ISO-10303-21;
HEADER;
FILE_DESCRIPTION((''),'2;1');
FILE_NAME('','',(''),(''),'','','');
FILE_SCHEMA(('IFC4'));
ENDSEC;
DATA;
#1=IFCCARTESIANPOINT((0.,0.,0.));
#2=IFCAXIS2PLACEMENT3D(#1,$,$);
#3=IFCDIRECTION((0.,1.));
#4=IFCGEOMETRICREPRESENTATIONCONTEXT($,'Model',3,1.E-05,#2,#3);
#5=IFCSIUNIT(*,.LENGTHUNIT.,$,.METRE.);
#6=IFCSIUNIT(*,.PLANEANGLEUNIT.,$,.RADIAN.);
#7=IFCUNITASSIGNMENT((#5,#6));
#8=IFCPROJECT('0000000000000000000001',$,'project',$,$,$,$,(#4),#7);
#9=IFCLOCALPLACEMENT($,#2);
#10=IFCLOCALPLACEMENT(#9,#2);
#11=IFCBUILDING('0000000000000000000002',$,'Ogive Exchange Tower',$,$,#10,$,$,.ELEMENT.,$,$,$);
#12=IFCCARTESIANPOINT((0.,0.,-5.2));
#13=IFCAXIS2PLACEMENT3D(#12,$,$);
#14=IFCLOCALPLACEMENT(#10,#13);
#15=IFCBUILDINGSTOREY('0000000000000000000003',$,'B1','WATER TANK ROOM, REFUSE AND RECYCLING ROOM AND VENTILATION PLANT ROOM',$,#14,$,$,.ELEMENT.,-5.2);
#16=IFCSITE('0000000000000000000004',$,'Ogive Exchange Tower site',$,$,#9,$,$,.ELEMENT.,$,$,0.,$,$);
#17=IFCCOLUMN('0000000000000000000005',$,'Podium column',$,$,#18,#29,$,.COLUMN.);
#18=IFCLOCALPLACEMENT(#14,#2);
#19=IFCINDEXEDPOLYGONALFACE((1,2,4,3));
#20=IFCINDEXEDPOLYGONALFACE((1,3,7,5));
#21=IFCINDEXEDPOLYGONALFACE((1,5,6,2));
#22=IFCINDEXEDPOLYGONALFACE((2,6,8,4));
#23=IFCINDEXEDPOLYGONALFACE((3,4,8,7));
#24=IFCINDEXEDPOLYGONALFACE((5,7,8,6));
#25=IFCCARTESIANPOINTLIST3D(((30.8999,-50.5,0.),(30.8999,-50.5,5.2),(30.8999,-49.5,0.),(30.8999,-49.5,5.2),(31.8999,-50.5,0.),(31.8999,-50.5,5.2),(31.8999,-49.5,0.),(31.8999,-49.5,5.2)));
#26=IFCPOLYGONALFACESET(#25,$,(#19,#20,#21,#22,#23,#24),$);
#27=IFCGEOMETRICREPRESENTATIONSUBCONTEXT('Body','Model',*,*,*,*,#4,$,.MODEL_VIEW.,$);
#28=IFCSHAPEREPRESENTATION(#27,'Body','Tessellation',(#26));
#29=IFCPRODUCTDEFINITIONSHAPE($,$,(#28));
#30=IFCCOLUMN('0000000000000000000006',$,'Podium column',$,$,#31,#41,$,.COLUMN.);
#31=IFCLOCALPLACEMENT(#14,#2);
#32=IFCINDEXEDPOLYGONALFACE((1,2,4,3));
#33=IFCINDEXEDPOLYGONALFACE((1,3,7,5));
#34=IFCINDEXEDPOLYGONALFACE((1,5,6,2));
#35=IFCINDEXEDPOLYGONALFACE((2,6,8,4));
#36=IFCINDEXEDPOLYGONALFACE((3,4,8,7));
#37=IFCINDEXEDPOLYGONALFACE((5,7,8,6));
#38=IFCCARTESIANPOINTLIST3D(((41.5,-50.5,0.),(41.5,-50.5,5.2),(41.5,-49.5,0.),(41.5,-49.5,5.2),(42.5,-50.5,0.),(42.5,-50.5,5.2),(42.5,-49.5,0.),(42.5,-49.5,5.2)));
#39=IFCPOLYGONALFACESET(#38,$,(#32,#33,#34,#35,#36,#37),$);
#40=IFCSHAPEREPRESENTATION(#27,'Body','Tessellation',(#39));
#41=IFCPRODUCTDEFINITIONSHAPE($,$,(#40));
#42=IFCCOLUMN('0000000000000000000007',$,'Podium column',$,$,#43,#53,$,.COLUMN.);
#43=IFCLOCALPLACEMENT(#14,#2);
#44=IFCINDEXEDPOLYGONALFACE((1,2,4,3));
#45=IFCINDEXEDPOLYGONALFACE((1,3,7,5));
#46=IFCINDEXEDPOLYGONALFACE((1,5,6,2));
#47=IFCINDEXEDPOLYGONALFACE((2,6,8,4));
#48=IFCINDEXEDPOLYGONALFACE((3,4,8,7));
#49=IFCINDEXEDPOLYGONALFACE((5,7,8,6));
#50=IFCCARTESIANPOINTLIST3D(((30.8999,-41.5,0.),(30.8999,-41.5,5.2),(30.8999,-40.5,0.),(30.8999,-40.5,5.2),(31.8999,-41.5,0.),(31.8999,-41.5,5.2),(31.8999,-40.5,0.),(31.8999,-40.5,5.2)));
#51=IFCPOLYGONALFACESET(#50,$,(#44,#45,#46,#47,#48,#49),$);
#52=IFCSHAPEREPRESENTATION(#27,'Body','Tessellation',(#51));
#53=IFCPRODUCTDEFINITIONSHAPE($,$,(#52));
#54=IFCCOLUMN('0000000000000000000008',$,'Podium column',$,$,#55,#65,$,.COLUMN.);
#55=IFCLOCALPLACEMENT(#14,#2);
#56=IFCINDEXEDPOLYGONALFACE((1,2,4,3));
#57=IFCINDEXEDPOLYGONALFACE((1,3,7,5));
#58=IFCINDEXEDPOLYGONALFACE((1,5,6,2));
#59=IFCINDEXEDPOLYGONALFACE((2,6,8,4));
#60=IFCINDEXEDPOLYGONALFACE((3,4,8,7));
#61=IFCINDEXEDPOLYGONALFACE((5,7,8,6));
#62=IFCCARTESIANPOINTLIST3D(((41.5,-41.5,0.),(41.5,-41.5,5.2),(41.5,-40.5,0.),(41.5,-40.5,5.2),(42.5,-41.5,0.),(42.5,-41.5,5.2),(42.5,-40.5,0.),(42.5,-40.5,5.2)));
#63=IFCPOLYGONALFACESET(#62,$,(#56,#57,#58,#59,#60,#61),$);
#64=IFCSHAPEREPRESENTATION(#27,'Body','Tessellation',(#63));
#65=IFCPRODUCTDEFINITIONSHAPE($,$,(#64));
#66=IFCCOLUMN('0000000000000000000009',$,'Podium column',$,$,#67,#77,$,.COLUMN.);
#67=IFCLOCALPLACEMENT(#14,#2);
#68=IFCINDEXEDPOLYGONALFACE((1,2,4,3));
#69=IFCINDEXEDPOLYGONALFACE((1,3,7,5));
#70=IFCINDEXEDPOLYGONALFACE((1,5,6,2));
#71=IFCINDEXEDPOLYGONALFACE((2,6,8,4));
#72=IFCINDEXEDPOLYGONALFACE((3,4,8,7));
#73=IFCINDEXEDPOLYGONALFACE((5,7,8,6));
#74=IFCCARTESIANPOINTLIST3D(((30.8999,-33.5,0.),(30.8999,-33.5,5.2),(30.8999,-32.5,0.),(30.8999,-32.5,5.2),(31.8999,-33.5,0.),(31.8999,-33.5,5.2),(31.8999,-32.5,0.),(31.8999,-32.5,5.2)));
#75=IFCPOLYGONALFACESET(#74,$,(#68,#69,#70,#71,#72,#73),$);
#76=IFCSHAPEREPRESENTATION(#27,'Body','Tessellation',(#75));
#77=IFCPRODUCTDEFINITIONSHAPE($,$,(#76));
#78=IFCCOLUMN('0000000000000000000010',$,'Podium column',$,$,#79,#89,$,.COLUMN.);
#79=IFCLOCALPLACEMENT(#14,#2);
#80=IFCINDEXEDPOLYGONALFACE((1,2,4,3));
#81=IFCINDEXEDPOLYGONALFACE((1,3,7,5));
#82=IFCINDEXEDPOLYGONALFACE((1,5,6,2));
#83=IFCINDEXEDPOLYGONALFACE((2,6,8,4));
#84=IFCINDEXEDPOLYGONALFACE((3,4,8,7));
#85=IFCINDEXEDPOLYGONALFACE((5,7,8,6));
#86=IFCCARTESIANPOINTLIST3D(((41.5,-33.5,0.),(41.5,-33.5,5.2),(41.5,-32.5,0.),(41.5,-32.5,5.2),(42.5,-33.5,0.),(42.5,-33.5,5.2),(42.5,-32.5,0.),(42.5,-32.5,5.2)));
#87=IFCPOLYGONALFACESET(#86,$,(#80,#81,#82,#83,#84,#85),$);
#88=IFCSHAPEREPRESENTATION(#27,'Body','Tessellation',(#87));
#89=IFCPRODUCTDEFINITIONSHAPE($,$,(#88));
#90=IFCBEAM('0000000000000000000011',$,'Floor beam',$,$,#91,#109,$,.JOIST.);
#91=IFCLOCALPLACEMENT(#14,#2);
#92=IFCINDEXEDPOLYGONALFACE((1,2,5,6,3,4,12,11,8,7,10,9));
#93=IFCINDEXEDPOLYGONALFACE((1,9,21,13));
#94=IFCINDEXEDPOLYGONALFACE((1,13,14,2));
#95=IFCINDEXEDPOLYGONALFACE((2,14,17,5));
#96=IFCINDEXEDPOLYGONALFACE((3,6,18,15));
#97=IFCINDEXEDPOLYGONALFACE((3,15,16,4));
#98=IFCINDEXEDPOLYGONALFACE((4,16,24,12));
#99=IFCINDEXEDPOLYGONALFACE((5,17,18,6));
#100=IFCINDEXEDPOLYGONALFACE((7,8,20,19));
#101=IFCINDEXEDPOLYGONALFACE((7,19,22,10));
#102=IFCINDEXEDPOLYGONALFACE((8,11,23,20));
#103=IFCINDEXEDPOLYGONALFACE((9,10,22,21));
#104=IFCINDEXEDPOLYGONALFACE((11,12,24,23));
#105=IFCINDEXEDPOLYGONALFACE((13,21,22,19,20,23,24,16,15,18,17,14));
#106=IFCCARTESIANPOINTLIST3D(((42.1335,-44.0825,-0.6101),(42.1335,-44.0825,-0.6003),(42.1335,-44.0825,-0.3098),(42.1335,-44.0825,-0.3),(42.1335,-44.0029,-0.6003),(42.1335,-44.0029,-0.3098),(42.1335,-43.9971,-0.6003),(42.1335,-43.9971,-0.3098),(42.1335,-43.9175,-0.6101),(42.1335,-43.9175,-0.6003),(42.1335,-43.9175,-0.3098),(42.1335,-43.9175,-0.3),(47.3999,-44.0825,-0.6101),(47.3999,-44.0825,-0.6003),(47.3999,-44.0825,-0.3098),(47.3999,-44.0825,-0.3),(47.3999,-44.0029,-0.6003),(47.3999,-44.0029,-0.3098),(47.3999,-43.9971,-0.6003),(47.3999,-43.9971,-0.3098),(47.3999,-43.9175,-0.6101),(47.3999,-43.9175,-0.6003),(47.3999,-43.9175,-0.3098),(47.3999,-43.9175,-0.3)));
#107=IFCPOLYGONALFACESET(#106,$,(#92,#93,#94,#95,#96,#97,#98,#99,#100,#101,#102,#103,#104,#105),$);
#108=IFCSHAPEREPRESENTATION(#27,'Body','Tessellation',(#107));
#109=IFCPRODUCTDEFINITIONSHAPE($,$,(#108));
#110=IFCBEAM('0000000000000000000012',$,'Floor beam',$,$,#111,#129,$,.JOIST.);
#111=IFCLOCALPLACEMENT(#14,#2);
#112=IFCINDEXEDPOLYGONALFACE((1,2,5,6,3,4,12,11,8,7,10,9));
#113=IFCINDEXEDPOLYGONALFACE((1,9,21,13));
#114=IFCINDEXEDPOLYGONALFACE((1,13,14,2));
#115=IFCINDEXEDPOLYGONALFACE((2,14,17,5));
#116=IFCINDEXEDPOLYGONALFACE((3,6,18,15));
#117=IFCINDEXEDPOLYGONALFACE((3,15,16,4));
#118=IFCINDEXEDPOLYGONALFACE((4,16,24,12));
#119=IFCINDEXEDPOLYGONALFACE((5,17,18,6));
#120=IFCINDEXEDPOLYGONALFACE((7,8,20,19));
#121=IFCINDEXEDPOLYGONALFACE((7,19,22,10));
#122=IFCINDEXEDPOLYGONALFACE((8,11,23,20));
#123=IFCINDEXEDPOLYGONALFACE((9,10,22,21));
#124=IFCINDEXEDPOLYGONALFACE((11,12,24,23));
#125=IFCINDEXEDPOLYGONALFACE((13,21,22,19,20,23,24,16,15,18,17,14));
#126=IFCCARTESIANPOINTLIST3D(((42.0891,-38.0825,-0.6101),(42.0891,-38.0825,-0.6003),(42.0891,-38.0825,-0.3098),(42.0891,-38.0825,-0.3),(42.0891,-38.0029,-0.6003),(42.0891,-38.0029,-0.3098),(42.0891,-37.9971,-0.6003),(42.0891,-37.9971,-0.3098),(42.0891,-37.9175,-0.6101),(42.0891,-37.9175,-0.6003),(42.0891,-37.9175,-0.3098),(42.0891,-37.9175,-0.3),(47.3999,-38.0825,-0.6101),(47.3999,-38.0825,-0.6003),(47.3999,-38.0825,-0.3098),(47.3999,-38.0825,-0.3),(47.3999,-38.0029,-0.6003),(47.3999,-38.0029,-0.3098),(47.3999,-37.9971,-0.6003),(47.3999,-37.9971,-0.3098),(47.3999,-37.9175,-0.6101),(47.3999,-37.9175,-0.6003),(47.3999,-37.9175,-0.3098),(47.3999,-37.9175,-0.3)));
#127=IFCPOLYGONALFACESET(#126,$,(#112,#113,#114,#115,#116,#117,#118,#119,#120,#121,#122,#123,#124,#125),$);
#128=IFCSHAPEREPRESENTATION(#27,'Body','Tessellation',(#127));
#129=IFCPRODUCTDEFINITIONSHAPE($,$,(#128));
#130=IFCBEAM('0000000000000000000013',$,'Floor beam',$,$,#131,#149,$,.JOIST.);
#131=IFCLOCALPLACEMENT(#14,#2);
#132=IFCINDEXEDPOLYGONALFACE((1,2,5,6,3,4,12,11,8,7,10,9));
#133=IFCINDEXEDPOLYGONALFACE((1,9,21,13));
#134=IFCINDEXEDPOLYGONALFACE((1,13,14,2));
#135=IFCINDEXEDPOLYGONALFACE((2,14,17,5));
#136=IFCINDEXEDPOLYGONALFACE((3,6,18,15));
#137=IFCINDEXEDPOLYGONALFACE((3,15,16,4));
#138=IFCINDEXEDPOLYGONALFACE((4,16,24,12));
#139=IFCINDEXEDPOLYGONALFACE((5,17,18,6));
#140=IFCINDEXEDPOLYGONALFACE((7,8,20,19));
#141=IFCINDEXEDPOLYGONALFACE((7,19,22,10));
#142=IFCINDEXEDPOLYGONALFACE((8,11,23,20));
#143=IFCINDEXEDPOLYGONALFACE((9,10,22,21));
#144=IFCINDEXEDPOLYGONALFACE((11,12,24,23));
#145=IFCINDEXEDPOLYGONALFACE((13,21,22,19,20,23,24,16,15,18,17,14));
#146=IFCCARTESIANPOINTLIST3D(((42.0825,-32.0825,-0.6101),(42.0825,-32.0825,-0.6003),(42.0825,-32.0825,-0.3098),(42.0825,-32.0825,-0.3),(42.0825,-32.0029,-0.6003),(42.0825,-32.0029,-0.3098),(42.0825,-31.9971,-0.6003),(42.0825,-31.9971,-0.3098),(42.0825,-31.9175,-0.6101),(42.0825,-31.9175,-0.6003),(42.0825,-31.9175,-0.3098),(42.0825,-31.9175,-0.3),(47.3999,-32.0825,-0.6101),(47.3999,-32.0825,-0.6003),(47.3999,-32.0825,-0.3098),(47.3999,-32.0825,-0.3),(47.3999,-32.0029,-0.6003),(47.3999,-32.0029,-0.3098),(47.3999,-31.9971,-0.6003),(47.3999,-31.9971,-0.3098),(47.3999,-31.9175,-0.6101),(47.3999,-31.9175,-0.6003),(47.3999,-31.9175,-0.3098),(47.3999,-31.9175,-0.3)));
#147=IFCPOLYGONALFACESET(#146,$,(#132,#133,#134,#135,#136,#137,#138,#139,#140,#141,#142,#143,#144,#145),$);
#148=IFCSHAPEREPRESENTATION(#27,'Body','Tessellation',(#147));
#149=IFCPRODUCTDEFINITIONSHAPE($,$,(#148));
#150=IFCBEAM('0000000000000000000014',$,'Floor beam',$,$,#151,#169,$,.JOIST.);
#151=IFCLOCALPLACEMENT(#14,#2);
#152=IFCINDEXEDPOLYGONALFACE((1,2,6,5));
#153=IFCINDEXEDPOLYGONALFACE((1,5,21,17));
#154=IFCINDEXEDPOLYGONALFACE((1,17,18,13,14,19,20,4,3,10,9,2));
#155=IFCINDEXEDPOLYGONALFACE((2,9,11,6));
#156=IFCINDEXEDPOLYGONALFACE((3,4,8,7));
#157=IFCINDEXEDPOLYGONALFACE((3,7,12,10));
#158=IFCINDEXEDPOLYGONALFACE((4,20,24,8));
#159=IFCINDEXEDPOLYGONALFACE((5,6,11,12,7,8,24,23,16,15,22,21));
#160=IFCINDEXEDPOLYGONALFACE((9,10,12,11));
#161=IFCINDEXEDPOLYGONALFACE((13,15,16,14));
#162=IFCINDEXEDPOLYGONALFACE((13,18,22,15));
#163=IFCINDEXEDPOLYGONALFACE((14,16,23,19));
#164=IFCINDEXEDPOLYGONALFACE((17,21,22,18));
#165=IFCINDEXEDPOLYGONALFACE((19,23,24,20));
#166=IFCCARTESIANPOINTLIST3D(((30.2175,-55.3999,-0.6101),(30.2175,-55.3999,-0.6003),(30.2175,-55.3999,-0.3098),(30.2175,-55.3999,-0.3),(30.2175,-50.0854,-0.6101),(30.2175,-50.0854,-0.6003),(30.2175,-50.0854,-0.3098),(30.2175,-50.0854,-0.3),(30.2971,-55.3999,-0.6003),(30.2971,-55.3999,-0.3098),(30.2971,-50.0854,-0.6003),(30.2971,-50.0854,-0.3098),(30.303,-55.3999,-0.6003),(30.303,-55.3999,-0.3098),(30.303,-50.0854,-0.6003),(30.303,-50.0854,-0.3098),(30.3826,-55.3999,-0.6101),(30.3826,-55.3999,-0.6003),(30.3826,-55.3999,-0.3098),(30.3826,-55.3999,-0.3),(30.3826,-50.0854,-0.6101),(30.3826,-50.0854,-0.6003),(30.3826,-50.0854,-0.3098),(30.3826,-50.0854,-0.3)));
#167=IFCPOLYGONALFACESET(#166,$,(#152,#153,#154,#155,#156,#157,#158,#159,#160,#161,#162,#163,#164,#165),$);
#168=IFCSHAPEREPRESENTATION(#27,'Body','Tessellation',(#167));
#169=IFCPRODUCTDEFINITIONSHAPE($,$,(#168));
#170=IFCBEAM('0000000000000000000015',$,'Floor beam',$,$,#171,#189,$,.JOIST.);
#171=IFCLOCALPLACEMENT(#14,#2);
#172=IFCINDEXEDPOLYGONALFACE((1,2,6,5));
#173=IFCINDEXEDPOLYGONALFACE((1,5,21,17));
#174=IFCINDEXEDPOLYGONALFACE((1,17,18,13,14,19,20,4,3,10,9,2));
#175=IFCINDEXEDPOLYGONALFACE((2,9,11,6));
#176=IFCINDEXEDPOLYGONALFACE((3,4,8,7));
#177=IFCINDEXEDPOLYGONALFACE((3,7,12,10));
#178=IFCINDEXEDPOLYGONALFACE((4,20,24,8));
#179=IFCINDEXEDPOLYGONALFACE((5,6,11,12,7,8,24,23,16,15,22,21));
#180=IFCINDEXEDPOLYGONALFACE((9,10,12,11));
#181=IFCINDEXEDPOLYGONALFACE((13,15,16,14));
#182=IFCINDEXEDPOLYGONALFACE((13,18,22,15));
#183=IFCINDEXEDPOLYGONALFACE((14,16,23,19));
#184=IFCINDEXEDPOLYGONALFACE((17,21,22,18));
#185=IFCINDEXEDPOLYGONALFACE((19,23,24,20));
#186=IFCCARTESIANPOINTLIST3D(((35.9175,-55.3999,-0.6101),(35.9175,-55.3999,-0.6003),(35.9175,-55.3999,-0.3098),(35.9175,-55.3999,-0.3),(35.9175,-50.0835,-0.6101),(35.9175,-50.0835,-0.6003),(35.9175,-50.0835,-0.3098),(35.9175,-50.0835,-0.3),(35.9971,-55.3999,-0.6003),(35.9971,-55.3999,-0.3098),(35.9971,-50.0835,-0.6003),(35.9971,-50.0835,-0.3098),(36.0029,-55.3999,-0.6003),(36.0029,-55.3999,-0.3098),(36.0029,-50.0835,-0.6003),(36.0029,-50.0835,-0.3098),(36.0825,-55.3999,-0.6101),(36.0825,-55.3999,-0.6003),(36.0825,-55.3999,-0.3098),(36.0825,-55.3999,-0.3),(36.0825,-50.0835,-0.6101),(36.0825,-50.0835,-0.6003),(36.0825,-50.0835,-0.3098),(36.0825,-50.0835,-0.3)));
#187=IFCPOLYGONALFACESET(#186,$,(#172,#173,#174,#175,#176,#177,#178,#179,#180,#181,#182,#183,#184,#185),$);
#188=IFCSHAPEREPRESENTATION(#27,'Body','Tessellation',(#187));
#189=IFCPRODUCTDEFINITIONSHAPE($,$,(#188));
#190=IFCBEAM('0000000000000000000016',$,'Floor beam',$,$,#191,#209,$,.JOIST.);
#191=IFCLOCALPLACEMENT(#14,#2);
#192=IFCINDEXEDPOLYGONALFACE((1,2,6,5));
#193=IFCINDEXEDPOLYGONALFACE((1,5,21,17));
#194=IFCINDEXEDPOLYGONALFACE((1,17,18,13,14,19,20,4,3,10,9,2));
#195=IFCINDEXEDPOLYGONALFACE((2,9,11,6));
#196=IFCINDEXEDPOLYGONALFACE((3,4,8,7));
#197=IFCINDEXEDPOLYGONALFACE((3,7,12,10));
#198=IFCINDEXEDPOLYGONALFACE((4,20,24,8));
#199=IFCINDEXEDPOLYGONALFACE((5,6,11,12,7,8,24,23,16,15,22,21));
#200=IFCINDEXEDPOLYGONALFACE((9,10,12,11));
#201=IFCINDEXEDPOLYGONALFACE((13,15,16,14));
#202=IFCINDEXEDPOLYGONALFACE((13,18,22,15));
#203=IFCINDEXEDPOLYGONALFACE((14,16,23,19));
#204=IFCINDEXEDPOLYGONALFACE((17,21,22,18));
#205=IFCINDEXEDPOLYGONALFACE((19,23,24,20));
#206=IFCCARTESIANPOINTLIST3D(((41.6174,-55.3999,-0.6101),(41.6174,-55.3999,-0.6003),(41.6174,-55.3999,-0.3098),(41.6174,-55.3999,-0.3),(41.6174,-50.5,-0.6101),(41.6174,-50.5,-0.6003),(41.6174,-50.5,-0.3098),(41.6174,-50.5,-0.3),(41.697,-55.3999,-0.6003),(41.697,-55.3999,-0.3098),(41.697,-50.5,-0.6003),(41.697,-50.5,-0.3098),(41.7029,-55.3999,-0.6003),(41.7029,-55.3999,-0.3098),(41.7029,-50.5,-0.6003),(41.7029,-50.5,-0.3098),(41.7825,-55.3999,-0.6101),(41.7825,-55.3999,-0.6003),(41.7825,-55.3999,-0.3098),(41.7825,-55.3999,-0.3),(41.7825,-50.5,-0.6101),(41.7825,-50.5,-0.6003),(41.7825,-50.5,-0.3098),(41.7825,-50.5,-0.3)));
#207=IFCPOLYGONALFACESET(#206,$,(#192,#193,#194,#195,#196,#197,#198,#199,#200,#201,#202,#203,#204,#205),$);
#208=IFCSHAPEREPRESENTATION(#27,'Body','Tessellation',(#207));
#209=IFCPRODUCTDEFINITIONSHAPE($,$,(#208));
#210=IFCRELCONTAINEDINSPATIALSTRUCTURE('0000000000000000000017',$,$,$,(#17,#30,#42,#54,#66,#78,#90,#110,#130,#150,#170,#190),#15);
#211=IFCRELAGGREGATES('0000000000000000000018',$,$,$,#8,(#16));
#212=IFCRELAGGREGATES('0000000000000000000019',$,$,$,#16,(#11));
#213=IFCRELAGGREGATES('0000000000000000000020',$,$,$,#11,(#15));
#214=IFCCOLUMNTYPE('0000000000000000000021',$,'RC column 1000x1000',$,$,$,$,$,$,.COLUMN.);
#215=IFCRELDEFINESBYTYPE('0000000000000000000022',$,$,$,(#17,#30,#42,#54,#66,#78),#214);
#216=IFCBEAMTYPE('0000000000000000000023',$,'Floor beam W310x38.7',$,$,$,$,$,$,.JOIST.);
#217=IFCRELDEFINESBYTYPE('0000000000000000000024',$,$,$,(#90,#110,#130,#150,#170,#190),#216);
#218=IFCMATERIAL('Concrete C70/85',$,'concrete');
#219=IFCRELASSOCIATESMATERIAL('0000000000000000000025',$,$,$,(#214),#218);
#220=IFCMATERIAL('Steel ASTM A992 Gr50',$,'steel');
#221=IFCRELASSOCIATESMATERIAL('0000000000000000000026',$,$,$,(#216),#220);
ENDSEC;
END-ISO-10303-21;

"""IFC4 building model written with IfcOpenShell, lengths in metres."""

from ifc_helpers import new_model, si_unit, direction, frame, origin, origin_2d, place, context, subcontext, project, spatial, rectangle, i_section, extrude, material, material_profile, profile_set, type_object, element, save


model = new_model("IFC4")

# Units and contexts
model_context = context("Model", 3, precision=1e-05, world=origin(), true_north=direction((0.0, 1.0)))
body_context = subcontext(model_context, "Body", "Model", "MODEL_VIEW")
ifc_project = project(units=[si_unit("LENGTHUNIT", "METRE"), si_unit("PLANEANGLEUNIT", "RADIAN")], contexts=[model_context])

# Site, building, storey
site_placement = place(None, origin())
site = spatial("IfcSite", under=ifc_project, at=site_placement, Name="Ogive Exchange Tower site", CompositionType="ELEMENT", RefElevation=0.0)
building_placement = place(site_placement, origin())
building = spatial("IfcBuilding", under=site, at=building_placement, Name="Ogive Exchange Tower", CompositionType="ELEMENT")
storey_placement = place(building_placement, frame((0.0, 0.0, -5.2)))
storey = spatial("IfcBuildingStorey", under=building, at=storey_placement, Name="B1", Description="WATER TANK ROOM, REFUSE AND RECYCLING ROOM AND VENTILATION PLANT ROOM", CompositionType="ELEMENT", Elevation=-5.2)

# Columns
ifc_material_1 = material(Name="Concrete C70/85", Category="concrete")
ifc_material_profile_1 = material_profile(ifc_material_1, rectangle(XDim=1.0, YDim=1.0, at=origin_2d()), Name="RC 1000x1000")
ifc_profile_set_1 = profile_set([ifc_material_profile_1], Name="Concrete C70/85")
column_type = type_object("IfcColumnType", Name="RC column 1000x1000", PredefinedType="COLUMN", material=ifc_profile_set_1)
for number, where, z_axis, x_axis, name in (
    (1, (31.3999, -50.0, 0.0), (0.0, 0.0, 1.0), (1.0, 0.0, 0.0), "Podium column"),
    (2, (42.0, -50.0, 0.0), (0.0, 0.0, 1.0), (1.0, 0.0, 0.0), "Podium column"),
    (3, (31.3999, -41.0, 0.0), (0.0, 0.0, 1.0), (1.0, 0.0, 0.0), "Podium column"),
    (4, (42.0, -41.0, 0.0), (0.0, 0.0, 1.0), (1.0, 0.0, 0.0), "Podium column"),
    (5, (31.3999, -33.0, 0.0), (0.0, 0.0, 1.0), (1.0, 0.0, 0.0), "Podium column"),
    (6, (42.0, -33.0, 0.0), (0.0, 0.0, 1.0), (1.0, 0.0, 0.0), "Podium column"),
):
    element("IfcColumn", number, at=place(storey_placement, frame(where, z_axis=z_axis, x_axis=x_axis)), inside=storey, type_object=column_type, Name=name, PredefinedType="COLUMN", context=body_context, shape_type="SweptSolid", body=[
        extrude(rectangle(XDim=1.0, YDim=1.0, at=origin_2d()), origin(), (0.0, 0.0, 1.0), 5.2),
    ])

# Beams
ifc_material_2 = material(Name="Steel ASTM A992 Gr50", Category="steel")
ifc_material_profile_2 = material_profile(ifc_material_2, i_section(OverallWidth=0.165, OverallDepth=0.3101, WebThickness=0.0059, FlangeThickness=0.0098, at=origin_2d()), Name="W310x38.7")
ifc_profile_set_2 = profile_set([ifc_material_profile_2], Name="Steel ASTM A992 Gr50")
beam_type_1 = type_object("IfcBeamType", Name="Floor beam W310x38.7", PredefinedType="JOIST", material=ifc_profile_set_2)
beam_1_placement = place(storey_placement, frame((42.1335, -44.0, -0.4551), z_axis=(1.0, 0.0, 0.0), x_axis=(0.0, 1.0, 0.0)))
element("IfcBeam", 7, at=beam_1_placement, inside=storey, type_object=beam_type_1, Name="Floor beam", PredefinedType="JOIST", context=body_context, shape_type="SweptSolid", body=[
    extrude(i_section(OverallWidth=0.165, OverallDepth=0.3101, WebThickness=0.0059, FlangeThickness=0.0098, at=origin_2d()), origin(), (0.0, 0.0, 1.0), 5.2664),
])
beam_2_placement = place(storey_placement, frame((42.0891, -38.0, -0.4551), z_axis=(1.0, 0.0, 0.0), x_axis=(0.0, 1.0, 0.0)))
element("IfcBeam", 8, at=beam_2_placement, inside=storey, type_object=beam_type_1, Name="Floor beam", PredefinedType="JOIST", context=body_context, shape_type="SweptSolid", body=[
    extrude(i_section(OverallWidth=0.165, OverallDepth=0.3101, WebThickness=0.0059, FlangeThickness=0.0098, at=origin_2d()), origin(), (0.0, 0.0, 1.0), 5.3108),
])
beam_3_placement = place(storey_placement, frame((42.0825, -32.0, -0.4551), z_axis=(1.0, 0.0, 0.0), x_axis=(0.0, 1.0, 0.0)))
element("IfcBeam", 9, at=beam_3_placement, inside=storey, type_object=beam_type_1, Name="Floor beam", PredefinedType="JOIST", context=body_context, shape_type="SweptSolid", body=[
    extrude(i_section(OverallWidth=0.165, OverallDepth=0.3101, WebThickness=0.0059, FlangeThickness=0.0098, at=origin_2d()), origin(), (0.0, 0.0, 1.0), 5.3174),
])
beam_4_placement = place(storey_placement, frame((30.3, -55.3999, -0.4551), z_axis=(0.0, 1.0, 0.0), x_axis=(-1.0, 0.0, 0.0)))
element("IfcBeam", 10, at=beam_4_placement, inside=storey, type_object=beam_type_1, Name="Floor beam", PredefinedType="JOIST", context=body_context, shape_type="SweptSolid", body=[
    extrude(i_section(OverallWidth=0.165, OverallDepth=0.3101, WebThickness=0.0059, FlangeThickness=0.0098, at=origin_2d()), origin(), (0.0, 0.0, 1.0), 5.3145),
])
beam_5_placement = place(storey_placement, frame((36.0, -55.3999, -0.4551), z_axis=(0.0, 1.0, 0.0), x_axis=(-1.0, 0.0, 0.0)))
element("IfcBeam", 11, at=beam_5_placement, inside=storey, type_object=beam_type_1, Name="Floor beam", PredefinedType="JOIST", context=body_context, shape_type="SweptSolid", body=[
    extrude(i_section(OverallWidth=0.165, OverallDepth=0.3101, WebThickness=0.0059, FlangeThickness=0.0098, at=origin_2d()), origin(), (0.0, 0.0, 1.0), 5.3164),
])
beam_6_placement = place(storey_placement, frame((41.7, -55.3999, -0.4551), z_axis=(0.0, 1.0, 0.0), x_axis=(-1.0, 0.0, 0.0)))
element("IfcBeam", 12, at=beam_6_placement, inside=storey, type_object=beam_type_1, Name="Floor beam", PredefinedType="JOIST", context=body_context, shape_type="SweptSolid", body=[
    extrude(i_section(OverallWidth=0.165, OverallDepth=0.3101, WebThickness=0.0059, FlangeThickness=0.0098, at=origin_2d()), origin(), (0.0, 0.0, 1.0), 4.8999),
])

save(model, "model.ifc")
